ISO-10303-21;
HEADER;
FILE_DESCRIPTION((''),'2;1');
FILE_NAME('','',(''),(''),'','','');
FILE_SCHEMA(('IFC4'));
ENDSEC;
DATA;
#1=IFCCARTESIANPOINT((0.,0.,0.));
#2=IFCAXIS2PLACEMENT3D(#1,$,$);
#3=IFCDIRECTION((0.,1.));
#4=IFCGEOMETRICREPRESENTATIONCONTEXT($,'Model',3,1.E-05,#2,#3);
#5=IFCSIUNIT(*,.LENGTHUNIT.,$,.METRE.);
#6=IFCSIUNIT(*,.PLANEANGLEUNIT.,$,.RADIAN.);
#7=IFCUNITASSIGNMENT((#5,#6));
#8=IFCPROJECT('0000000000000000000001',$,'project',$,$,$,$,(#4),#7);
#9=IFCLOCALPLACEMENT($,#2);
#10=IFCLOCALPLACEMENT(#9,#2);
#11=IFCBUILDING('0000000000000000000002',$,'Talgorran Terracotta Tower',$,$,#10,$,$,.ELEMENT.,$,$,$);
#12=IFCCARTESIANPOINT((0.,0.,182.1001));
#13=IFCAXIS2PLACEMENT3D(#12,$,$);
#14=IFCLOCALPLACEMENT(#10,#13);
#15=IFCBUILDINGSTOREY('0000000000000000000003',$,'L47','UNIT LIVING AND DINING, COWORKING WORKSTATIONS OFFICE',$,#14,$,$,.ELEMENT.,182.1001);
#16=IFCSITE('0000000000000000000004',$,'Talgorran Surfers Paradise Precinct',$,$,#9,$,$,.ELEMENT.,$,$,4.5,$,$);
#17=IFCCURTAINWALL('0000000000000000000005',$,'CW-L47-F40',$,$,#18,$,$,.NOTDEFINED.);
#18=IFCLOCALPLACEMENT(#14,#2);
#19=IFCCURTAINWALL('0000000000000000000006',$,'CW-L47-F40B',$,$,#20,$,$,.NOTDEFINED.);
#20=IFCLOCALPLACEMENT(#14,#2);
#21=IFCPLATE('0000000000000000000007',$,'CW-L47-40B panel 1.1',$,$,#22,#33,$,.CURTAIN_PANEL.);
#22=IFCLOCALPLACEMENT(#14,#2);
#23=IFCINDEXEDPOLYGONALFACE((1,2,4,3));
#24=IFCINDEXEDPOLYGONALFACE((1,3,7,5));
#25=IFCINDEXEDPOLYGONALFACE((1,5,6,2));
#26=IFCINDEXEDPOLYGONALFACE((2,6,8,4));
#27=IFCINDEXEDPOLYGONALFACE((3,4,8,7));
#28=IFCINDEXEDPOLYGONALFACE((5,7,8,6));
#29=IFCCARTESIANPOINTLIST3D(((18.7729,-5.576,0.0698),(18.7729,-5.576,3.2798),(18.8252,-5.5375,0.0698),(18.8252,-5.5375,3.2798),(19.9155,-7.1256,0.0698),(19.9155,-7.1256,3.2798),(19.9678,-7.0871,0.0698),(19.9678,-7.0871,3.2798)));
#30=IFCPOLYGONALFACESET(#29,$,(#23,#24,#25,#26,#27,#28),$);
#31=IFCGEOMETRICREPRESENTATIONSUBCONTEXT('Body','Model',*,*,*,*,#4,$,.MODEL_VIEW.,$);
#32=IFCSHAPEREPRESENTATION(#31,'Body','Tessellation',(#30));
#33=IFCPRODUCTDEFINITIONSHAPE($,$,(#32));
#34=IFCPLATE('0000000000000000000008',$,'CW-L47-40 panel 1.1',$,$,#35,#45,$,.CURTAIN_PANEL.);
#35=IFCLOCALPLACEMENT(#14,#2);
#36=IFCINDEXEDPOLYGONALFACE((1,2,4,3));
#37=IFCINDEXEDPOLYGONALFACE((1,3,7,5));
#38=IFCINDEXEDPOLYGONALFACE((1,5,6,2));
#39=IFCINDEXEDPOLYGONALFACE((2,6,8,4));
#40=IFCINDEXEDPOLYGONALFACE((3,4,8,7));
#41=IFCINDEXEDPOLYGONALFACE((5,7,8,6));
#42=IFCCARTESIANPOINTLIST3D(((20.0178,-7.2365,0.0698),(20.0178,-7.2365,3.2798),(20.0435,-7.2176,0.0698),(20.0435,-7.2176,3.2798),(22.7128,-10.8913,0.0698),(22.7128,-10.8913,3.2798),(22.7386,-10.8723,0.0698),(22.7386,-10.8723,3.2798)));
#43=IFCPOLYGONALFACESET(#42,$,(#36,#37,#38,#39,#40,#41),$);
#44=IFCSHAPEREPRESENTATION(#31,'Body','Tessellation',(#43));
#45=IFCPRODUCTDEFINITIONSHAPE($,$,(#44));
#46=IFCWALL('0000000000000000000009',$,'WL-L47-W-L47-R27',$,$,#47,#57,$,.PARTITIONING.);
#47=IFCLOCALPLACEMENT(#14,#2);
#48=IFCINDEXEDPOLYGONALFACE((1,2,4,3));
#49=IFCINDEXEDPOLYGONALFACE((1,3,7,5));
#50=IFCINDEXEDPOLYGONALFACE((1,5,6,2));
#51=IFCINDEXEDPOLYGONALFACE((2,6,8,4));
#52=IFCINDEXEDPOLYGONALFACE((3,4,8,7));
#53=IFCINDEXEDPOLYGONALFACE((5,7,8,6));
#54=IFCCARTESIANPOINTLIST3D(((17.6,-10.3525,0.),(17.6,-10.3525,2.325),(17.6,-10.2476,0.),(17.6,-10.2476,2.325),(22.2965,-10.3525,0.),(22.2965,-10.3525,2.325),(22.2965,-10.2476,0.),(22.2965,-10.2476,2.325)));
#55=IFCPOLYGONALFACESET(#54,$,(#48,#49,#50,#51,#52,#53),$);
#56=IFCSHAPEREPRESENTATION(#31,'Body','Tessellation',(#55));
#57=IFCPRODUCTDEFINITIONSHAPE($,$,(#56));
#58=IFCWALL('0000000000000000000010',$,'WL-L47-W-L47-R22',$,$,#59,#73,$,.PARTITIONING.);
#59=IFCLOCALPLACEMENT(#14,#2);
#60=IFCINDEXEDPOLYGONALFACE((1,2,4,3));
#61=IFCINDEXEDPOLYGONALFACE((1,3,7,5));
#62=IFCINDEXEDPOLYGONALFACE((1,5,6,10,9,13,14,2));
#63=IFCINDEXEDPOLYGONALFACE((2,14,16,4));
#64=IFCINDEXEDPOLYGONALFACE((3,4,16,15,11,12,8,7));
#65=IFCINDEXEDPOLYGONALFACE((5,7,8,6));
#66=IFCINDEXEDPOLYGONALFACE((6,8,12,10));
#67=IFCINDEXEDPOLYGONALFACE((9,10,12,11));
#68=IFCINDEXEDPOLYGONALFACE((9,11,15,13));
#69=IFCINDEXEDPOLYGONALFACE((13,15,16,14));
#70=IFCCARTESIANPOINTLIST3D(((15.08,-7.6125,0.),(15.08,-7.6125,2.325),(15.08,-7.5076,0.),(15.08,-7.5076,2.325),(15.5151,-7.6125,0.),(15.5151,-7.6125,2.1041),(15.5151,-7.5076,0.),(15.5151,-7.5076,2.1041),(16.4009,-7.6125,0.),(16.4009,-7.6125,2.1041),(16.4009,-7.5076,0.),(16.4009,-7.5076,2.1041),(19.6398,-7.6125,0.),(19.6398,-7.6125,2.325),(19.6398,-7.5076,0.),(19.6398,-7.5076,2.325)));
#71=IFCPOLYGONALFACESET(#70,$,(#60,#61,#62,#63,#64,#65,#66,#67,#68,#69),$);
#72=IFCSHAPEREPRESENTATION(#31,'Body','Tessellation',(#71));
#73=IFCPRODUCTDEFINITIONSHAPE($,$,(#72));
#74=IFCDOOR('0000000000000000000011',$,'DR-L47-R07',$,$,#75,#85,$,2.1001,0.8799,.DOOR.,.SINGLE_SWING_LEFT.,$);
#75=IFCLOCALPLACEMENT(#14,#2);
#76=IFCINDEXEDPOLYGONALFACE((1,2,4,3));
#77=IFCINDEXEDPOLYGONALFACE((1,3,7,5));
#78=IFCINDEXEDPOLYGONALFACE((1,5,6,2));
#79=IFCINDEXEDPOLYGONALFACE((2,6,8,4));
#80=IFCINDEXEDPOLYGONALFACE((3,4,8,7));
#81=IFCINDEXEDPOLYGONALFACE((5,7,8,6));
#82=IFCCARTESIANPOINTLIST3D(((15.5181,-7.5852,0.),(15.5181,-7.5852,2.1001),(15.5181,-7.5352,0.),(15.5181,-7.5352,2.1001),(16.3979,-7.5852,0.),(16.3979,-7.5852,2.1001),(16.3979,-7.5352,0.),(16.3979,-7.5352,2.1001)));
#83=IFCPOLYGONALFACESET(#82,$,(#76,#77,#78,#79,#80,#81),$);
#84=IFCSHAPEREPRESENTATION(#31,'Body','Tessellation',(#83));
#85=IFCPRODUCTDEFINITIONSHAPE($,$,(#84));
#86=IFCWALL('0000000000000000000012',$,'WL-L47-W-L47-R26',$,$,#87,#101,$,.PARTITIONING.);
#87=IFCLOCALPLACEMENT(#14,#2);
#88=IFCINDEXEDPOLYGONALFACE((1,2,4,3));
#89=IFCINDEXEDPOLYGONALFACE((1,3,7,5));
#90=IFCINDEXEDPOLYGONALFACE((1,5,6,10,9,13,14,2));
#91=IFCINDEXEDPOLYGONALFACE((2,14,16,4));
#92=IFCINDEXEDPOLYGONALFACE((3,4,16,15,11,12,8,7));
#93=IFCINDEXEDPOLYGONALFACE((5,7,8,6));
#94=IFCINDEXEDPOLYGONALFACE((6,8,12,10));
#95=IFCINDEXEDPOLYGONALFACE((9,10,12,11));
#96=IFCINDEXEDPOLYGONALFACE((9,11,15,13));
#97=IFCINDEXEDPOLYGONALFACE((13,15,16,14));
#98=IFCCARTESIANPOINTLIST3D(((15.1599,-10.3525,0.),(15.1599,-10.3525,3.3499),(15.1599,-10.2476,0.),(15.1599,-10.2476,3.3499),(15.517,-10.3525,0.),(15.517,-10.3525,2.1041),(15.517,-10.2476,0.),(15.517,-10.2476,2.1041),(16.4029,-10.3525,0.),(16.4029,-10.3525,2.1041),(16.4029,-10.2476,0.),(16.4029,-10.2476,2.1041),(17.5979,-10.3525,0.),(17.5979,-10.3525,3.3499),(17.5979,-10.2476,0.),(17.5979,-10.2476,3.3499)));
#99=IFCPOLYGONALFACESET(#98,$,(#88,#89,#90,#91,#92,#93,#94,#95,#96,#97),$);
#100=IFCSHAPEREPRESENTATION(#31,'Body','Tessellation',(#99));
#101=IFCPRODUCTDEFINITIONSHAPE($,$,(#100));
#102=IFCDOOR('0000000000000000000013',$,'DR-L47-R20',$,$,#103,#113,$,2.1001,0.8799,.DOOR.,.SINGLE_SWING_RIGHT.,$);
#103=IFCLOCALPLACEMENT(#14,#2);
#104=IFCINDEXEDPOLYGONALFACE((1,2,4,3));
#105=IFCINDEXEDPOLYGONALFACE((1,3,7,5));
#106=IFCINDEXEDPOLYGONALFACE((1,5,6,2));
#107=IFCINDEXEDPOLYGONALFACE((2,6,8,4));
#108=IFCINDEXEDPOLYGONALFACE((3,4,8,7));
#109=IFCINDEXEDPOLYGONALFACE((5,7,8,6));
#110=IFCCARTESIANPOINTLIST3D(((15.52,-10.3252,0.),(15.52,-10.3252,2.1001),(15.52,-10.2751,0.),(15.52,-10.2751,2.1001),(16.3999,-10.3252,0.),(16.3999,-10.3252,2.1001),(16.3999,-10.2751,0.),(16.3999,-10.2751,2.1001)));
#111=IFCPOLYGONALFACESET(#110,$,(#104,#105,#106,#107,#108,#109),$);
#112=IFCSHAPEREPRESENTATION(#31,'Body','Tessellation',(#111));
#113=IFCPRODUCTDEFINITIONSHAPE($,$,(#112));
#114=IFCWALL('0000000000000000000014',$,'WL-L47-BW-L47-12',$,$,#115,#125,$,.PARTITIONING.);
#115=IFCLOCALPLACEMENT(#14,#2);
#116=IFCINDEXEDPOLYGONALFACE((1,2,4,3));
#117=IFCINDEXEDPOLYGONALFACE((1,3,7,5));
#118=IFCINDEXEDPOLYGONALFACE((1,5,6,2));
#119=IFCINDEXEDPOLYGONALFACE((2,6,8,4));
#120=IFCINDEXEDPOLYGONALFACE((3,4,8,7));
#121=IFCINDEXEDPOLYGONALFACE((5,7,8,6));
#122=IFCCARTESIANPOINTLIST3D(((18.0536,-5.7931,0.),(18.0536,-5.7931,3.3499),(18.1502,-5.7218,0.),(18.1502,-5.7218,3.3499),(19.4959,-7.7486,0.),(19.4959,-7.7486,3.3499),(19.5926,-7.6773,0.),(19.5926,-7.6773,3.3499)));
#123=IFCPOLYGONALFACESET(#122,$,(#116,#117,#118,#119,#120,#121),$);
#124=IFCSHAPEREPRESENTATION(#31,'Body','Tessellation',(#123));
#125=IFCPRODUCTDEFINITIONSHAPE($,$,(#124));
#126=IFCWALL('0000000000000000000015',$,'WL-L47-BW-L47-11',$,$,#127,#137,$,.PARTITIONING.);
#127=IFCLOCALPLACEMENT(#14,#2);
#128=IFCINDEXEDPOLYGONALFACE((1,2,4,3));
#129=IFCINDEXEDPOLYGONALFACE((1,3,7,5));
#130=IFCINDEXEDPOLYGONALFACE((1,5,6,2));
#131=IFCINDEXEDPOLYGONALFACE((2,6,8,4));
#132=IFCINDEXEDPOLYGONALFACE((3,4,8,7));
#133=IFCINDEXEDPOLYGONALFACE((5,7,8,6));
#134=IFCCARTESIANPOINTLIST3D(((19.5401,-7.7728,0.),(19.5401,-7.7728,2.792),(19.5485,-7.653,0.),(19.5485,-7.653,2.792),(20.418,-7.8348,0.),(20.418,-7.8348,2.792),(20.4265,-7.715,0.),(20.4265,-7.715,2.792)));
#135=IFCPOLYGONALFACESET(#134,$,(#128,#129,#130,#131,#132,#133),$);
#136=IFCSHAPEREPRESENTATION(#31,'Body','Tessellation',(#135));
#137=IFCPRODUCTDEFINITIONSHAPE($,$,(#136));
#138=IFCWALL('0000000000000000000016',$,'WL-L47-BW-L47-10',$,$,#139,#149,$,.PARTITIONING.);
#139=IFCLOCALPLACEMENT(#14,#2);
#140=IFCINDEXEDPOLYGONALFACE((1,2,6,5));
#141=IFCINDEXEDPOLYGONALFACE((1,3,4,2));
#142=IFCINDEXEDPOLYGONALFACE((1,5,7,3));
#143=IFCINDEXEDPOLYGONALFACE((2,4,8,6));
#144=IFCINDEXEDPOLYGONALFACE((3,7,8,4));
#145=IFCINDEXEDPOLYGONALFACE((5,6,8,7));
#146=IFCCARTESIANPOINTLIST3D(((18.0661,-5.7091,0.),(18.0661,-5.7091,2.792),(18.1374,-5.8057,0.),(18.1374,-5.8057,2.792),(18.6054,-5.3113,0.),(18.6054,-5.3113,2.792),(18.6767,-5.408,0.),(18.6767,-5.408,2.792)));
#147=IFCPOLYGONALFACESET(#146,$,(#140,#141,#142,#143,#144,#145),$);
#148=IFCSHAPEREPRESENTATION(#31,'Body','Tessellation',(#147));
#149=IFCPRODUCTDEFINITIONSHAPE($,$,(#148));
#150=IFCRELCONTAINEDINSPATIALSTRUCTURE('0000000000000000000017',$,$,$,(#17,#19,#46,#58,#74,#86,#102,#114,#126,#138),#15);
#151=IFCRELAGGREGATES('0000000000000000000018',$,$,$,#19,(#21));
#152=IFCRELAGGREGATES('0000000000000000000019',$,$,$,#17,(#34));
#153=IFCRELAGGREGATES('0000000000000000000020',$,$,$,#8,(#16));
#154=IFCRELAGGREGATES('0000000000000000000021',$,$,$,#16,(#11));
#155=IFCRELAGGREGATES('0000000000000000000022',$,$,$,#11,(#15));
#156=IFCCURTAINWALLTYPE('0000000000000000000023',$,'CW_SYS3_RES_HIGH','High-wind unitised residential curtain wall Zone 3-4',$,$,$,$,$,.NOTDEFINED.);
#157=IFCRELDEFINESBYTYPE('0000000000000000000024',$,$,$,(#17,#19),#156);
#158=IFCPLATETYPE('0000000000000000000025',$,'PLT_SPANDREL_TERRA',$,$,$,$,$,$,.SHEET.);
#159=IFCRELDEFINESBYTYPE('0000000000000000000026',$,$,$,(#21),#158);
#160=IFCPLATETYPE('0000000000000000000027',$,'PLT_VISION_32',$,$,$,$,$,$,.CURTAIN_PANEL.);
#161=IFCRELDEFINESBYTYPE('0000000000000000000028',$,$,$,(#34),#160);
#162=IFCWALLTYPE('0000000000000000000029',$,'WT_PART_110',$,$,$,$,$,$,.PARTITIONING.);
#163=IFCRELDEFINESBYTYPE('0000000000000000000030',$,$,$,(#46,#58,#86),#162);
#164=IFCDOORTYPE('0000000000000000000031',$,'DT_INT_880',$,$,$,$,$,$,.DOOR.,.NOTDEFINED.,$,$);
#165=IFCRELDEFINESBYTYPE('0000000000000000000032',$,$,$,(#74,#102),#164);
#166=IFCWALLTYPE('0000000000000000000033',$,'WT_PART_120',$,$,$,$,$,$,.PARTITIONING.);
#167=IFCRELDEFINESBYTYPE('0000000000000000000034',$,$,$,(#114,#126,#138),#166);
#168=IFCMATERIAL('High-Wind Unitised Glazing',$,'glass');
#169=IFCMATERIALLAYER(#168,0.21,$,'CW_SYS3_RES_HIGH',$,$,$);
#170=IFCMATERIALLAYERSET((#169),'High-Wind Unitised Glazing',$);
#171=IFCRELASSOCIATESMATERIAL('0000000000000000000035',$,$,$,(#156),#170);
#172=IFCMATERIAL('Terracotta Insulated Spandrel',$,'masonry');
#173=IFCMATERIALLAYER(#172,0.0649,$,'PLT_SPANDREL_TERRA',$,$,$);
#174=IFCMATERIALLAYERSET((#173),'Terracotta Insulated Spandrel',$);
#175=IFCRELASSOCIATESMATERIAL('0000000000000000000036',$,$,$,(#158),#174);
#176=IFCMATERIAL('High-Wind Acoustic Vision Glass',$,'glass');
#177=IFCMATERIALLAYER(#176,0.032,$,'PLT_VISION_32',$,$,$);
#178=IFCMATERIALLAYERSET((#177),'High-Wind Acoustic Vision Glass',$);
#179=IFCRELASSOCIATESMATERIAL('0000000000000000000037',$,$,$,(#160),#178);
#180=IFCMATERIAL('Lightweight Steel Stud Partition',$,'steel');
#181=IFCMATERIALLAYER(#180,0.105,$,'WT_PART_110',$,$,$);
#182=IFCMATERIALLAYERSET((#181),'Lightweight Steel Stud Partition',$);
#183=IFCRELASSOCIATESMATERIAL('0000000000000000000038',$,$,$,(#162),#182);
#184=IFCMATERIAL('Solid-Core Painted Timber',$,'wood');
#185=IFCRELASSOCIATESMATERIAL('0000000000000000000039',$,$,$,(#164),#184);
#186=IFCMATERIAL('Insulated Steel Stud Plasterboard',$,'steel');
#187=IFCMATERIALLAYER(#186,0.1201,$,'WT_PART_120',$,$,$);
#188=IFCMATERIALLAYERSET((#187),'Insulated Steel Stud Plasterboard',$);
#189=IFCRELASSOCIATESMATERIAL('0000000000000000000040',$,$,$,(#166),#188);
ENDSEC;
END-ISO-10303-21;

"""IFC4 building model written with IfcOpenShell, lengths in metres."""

from ifc_helpers import new_model, si_unit, direction, frame, frame_2d, origin, origin_2d, place, context, subcontext, project, spatial, rectangle, extrude, source, transform, mapped, material, layer, layer_set, type_object, type_shapes, element, fill, aggregate, save


model = new_model("IFC4")

# Units and contexts
model_context = context("Model", 3, precision=1e-05, world=origin(), true_north=direction((0.0, 1.0)))
body_context = subcontext(model_context, "Body", "Model", "MODEL_VIEW")
ifc_project = project(units=[si_unit("LENGTHUNIT", "METRE"), si_unit("PLANEANGLEUNIT", "RADIAN")], contexts=[model_context])

# Site, building, storey
site_placement = place(None, origin())
site = spatial("IfcSite", under=ifc_project, at=site_placement, Name="Talgorran Surfers Paradise Precinct", CompositionType="ELEMENT", RefElevation=4.5)
building_placement = place(site_placement, origin())
building = spatial("IfcBuilding", under=site, at=building_placement, Name="Talgorran Terracotta Tower", CompositionType="ELEMENT")
storey_placement = place(building_placement, frame((0.0, 0.0, 182.1001)))
storey = spatial("IfcBuildingStorey", under=building, at=storey_placement, Name="L47", Description="UNIT LIVING AND DINING, COWORKING WORKSTATIONS OFFICE", CompositionType="ELEMENT", Elevation=182.1001)

# Curtain wall
ifc_material_1 = material(Name="High-Wind Unitised Glazing", Category="glass")
ifc_layer_1 = layer(ifc_material_1, 0.21, Name="CW_SYS3_RES_HIGH")
ifc_layer_set_1 = layer_set([ifc_layer_1], Name="High-Wind Unitised Glazing")
curtain_wall_type = type_object("IfcCurtainWallType", Name="CW_SYS3_RES_HIGH", Description="High-wind unitised residential curtain wall Zone 3-4", PredefinedType="NOTDEFINED", material=ifc_layer_set_1)
curtain_wall_1_placement = place(storey_placement, origin())
curtain_wall_1 = element("IfcCurtainWall", 1, at=curtain_wall_1_placement, inside=storey, type_object=curtain_wall_type, Name="CW-L47-F40", PredefinedType="NOTDEFINED")

# Curtain wall
curtain_wall_2_placement = place(storey_placement, origin())
curtain_wall_2 = element("IfcCurtainWall", 2, at=curtain_wall_2_placement, inside=storey, type_object=curtain_wall_type, Name="CW-L47-F40B", PredefinedType="NOTDEFINED")

# Plates
ifc_material_2 = material(Name="Terracotta Insulated Spandrel", Category="masonry")
ifc_layer_2 = layer(ifc_material_2, 0.0649, Name="PLT_SPANDREL_TERRA")
ifc_layer_set_2 = layer_set([ifc_layer_2], Name="Terracotta Insulated Spandrel")
plate_type_1 = type_object("IfcPlateType", Name="PLT_SPANDREL_TERRA", PredefinedType="SHEET", material=ifc_layer_set_2)
shared_shape_1 = source(origin(), body_context, "Body", "SweptSolid", [
    extrude(rectangle(XDim=1.9253, YDim=0.0649, at=origin_2d()), origin(), (0.0, 0.0, 1.0), 3.21),
])
type_shapes(plate_type_1, [shared_shape_1])
plate_1_placement = place(storey_placement, frame((19.3704, -6.3315, 0.0698), z_axis=(0.0, 0.0, 1.0), x_axis=(-0.593488, 0.804843, 0.0)))
plate_1 = element("IfcPlate", 3, at=plate_1_placement, type_object=plate_type_1, Name="CW-L47-40B panel 1.1", PredefinedType="CURTAIN_PANEL", context=body_context, shape_type="MappedRepresentation", body=[
    mapped(shared_shape_1, transform((0.0, 0.0, 0.0), scale=1.0)),
])
aggregate(curtain_wall_2, [plate_1])
ifc_material_3 = material(Name="High-Wind Acoustic Vision Glass", Category="glass")
ifc_layer_3 = layer(ifc_material_3, 0.032, Name="PLT_VISION_32")
ifc_layer_set_3 = layer_set([ifc_layer_3], Name="High-Wind Acoustic Vision Glass")
plate_type_2 = type_object("IfcPlateType", Name="PLT_VISION_32", PredefinedType="CURTAIN_PANEL", material=ifc_layer_set_3)
shared_shape_2 = source(origin(), body_context, "Body", "SweptSolid", [
    extrude(rectangle(XDim=4.541, YDim=0.032, at=origin_2d()), origin(), (0.0, 0.0, 1.0), 3.21),
])
type_shapes(plate_type_2, [shared_shape_2])
plate_2_placement = place(storey_placement, frame((21.3782, -9.0544, 0.0698), z_axis=(0.0, 0.0, 1.0), x_axis=(-0.593496, 0.804837, 0.0)))
plate_2 = element("IfcPlate", 4, at=plate_2_placement, type_object=plate_type_2, Name="CW-L47-40 panel 1.1", PredefinedType="CURTAIN_PANEL", context=body_context, shape_type="MappedRepresentation", body=[
    mapped(shared_shape_2, transform((0.0, 0.0, 0.0), scale=1.0)),
])
aggregate(curtain_wall_1, [plate_2])

# Wall
ifc_material_4 = material(Name="Lightweight Steel Stud Partition", Category="steel")
ifc_layer_4 = layer(ifc_material_4, 0.105, Name="WT_PART_110")
ifc_layer_set_4 = layer_set([ifc_layer_4], Name="Lightweight Steel Stud Partition")
wall_type_1 = type_object("IfcWallType", Name="WT_PART_110", PredefinedType="PARTITIONING", material=ifc_layer_set_4)
wall_1_placement = place(storey_placement, frame((17.6001, -10.3, 0.0), z_axis=(0.0, 0.0, 1.0), x_axis=(1.0, 0.0, 0.0)))
element("IfcWall", 5, at=wall_1_placement, inside=storey, type_object=wall_type_1, Name="WL-L47-W-L47-R27", PredefinedType="PARTITIONING", context=body_context, shape_type="SweptSolid", body=[
    extrude(rectangle(XDim=4.6965, YDim=0.105, at=frame_2d((2.3481, 0.0))), origin(), (0.0, 0.0, 1.0), 2.325),
])

# Walls, openings, doors
wall_2_placement = place(storey_placement, frame((15.0801, -7.5601, 0.0), z_axis=(0.0, 0.0, 1.0), x_axis=(1.0, 0.0, 0.0)))
wall_2 = element("IfcWall", 6, at=wall_2_placement, inside=storey, type_object=wall_type_1, Name="WL-L47-W-L47-R22", PredefinedType="PARTITIONING", context=body_context, shape_type="SweptSolid", body=[
    extrude(rectangle(XDim=4.5598, YDim=0.105, at=frame_2d((2.2798, 0.0))), origin(), (0.0, 0.0, 1.0), 2.325),
])
opening_1_placement = place(wall_2_placement, frame((0.438, 0.0, 0.0)))
opening_1 = element("IfcOpeningElement", 7, at=opening_1_placement, cuts=wall_2, PredefinedType="OPENING", context=body_context, shape_type="SweptSolid", body=[
    extrude(rectangle(XDim=0.8859, YDim=2.1041, at=frame_2d((0.4399, 1.052))), frame((0.0, 0.0625, 0.0), z_axis=(0.0, -1.0, 0.0), x_axis=(1.0, 0.0, 0.0)), (0.0, 0.0, 1.0), 0.125),
])
ifc_material_5 = material(Name="Solid-Core Painted Timber", Category="wood")
door_type_1 = type_object("IfcDoorType", Name="DT_INT_880", OperationType="NOTDEFINED", PredefinedType="DOOR", material=ifc_material_5)
door_1_placement = place(opening_1_placement, origin())
door_1 = element("IfcDoor", 8, at=door_1_placement, inside=storey, type_object=door_type_1, Name="DR-L47-R07", OperationType="SINGLE_SWING_LEFT", OverallHeight=2.1001, OverallWidth=0.8799, PredefinedType="DOOR", context=body_context, shape_type="SweptSolid", body=[
    extrude(rectangle(XDim=0.8799, YDim=2.1001, at=frame_2d((0.4399, 1.05))), frame((0.0, 0.0249, 0.0), z_axis=(0.0, -1.0, 0.0), x_axis=(1.0, 0.0, 0.0)), (0.0, 0.0, 1.0), 0.05),
])
fill(opening_1, door_1)
wall_3_placement = place(storey_placement, frame((15.1599, -10.3, 0.0), z_axis=(0.0, 0.0, 1.0), x_axis=(1.0, 0.0, 0.0)))
wall_3 = element("IfcWall", 9, at=wall_3_placement, inside=storey, type_object=wall_type_1, Name="WL-L47-W-L47-R26", PredefinedType="PARTITIONING", context=body_context, shape_type="SweptSolid", body=[
    extrude(rectangle(XDim=2.438, YDim=0.105, at=frame_2d((1.219, 0.0))), origin(), (0.0, 0.0, 1.0), 3.3499),
])
opening_2_placement = place(wall_3_placement, frame((0.3601, 0.0, 0.0)))
opening_2 = element("IfcOpeningElement", 10, at=opening_2_placement, cuts=wall_3, PredefinedType="OPENING", context=body_context, shape_type="SweptSolid", body=[
    extrude(rectangle(XDim=0.8859, YDim=2.1041, at=frame_2d((0.4399, 1.052))), frame((0.0, 0.0625, 0.0), z_axis=(0.0, -1.0, 0.0), x_axis=(1.0, 0.0, 0.0)), (0.0, 0.0, 1.0), 0.125),
])
door_2_placement = place(opening_2_placement, origin())
door_2 = element("IfcDoor", 11, at=door_2_placement, inside=storey, type_object=door_type_1, Name="DR-L47-R20", OperationType="SINGLE_SWING_RIGHT", OverallHeight=2.1001, OverallWidth=0.8799, PredefinedType="DOOR", context=body_context, shape_type="SweptSolid", body=[
    extrude(rectangle(XDim=0.8799, YDim=2.1001, at=frame_2d((0.4399, 1.05))), frame((0.0, 0.0249, 0.0), z_axis=(0.0, -1.0, 0.0), x_axis=(1.0, 0.0, 0.0)), (0.0, 0.0, 1.0), 0.05),
])
fill(opening_2, door_2)

# Walls
ifc_material_6 = material(Name="Insulated Steel Stud Plasterboard", Category="steel")
ifc_layer_5 = layer(ifc_material_6, 0.1201, Name="WT_PART_120")
ifc_layer_set_5 = layer_set([ifc_layer_5], Name="Insulated Steel Stud Plasterboard")
wall_type_2 = type_object("IfcWallType", Name="WT_PART_120", PredefinedType="PARTITIONING", material=ifc_layer_set_5)
wall_4_placement = place(storey_placement, frame((19.5442, -7.7129, 0.0), z_axis=(0.0, 0.0, 1.0), x_axis=(-0.593583, 0.804773, 0.0)))
element("IfcWall", 12, at=wall_4_placement, inside=storey, type_object=wall_type_2, Name="WL-L47-BW-L47-12", PredefinedType="PARTITIONING", context=body_context, shape_type="SweptSolid", body=[
    extrude(rectangle(XDim=2.4299, YDim=0.1201, at=frame_2d((1.2148, 0.0))), origin(), (0.0, 0.0, 1.0), 3.3499),
])
wall_5_placement = place(storey_placement, frame((20.4221, -7.7749, 0.0), z_axis=(0.0, 0.0, 1.0), x_axis=(-0.997515, 0.070458, 0.0)))
element("IfcWall", 13, at=wall_5_placement, inside=storey, type_object=wall_type_2, Name="WL-L47-BW-L47-11", PredefinedType="PARTITIONING", context=body_context, shape_type="SweptSolid", body=[
    extrude(rectangle(XDim=0.8801, YDim=0.1201, at=frame_2d((0.4399, 0.0))), origin(), (0.0, 0.0, 1.0), 2.792),
])
wall_6_placement = place(storey_placement, frame((18.1018, -5.7573, 0.0), z_axis=(0.0, 0.0, 1.0), x_axis=(0.804827, 0.59351, 0.0)))
element("IfcWall", 14, at=wall_6_placement, inside=storey, type_object=wall_type_2, Name="WL-L47-BW-L47-10", PredefinedType="PARTITIONING", context=body_context, shape_type="SweptSolid", body=[
    extrude(rectangle(XDim=0.6702, YDim=0.1201, at=frame_2d((0.335, 0.0))), origin(), (0.0, 0.0, 1.0), 2.792),
])

save(model, "model.ifc")
